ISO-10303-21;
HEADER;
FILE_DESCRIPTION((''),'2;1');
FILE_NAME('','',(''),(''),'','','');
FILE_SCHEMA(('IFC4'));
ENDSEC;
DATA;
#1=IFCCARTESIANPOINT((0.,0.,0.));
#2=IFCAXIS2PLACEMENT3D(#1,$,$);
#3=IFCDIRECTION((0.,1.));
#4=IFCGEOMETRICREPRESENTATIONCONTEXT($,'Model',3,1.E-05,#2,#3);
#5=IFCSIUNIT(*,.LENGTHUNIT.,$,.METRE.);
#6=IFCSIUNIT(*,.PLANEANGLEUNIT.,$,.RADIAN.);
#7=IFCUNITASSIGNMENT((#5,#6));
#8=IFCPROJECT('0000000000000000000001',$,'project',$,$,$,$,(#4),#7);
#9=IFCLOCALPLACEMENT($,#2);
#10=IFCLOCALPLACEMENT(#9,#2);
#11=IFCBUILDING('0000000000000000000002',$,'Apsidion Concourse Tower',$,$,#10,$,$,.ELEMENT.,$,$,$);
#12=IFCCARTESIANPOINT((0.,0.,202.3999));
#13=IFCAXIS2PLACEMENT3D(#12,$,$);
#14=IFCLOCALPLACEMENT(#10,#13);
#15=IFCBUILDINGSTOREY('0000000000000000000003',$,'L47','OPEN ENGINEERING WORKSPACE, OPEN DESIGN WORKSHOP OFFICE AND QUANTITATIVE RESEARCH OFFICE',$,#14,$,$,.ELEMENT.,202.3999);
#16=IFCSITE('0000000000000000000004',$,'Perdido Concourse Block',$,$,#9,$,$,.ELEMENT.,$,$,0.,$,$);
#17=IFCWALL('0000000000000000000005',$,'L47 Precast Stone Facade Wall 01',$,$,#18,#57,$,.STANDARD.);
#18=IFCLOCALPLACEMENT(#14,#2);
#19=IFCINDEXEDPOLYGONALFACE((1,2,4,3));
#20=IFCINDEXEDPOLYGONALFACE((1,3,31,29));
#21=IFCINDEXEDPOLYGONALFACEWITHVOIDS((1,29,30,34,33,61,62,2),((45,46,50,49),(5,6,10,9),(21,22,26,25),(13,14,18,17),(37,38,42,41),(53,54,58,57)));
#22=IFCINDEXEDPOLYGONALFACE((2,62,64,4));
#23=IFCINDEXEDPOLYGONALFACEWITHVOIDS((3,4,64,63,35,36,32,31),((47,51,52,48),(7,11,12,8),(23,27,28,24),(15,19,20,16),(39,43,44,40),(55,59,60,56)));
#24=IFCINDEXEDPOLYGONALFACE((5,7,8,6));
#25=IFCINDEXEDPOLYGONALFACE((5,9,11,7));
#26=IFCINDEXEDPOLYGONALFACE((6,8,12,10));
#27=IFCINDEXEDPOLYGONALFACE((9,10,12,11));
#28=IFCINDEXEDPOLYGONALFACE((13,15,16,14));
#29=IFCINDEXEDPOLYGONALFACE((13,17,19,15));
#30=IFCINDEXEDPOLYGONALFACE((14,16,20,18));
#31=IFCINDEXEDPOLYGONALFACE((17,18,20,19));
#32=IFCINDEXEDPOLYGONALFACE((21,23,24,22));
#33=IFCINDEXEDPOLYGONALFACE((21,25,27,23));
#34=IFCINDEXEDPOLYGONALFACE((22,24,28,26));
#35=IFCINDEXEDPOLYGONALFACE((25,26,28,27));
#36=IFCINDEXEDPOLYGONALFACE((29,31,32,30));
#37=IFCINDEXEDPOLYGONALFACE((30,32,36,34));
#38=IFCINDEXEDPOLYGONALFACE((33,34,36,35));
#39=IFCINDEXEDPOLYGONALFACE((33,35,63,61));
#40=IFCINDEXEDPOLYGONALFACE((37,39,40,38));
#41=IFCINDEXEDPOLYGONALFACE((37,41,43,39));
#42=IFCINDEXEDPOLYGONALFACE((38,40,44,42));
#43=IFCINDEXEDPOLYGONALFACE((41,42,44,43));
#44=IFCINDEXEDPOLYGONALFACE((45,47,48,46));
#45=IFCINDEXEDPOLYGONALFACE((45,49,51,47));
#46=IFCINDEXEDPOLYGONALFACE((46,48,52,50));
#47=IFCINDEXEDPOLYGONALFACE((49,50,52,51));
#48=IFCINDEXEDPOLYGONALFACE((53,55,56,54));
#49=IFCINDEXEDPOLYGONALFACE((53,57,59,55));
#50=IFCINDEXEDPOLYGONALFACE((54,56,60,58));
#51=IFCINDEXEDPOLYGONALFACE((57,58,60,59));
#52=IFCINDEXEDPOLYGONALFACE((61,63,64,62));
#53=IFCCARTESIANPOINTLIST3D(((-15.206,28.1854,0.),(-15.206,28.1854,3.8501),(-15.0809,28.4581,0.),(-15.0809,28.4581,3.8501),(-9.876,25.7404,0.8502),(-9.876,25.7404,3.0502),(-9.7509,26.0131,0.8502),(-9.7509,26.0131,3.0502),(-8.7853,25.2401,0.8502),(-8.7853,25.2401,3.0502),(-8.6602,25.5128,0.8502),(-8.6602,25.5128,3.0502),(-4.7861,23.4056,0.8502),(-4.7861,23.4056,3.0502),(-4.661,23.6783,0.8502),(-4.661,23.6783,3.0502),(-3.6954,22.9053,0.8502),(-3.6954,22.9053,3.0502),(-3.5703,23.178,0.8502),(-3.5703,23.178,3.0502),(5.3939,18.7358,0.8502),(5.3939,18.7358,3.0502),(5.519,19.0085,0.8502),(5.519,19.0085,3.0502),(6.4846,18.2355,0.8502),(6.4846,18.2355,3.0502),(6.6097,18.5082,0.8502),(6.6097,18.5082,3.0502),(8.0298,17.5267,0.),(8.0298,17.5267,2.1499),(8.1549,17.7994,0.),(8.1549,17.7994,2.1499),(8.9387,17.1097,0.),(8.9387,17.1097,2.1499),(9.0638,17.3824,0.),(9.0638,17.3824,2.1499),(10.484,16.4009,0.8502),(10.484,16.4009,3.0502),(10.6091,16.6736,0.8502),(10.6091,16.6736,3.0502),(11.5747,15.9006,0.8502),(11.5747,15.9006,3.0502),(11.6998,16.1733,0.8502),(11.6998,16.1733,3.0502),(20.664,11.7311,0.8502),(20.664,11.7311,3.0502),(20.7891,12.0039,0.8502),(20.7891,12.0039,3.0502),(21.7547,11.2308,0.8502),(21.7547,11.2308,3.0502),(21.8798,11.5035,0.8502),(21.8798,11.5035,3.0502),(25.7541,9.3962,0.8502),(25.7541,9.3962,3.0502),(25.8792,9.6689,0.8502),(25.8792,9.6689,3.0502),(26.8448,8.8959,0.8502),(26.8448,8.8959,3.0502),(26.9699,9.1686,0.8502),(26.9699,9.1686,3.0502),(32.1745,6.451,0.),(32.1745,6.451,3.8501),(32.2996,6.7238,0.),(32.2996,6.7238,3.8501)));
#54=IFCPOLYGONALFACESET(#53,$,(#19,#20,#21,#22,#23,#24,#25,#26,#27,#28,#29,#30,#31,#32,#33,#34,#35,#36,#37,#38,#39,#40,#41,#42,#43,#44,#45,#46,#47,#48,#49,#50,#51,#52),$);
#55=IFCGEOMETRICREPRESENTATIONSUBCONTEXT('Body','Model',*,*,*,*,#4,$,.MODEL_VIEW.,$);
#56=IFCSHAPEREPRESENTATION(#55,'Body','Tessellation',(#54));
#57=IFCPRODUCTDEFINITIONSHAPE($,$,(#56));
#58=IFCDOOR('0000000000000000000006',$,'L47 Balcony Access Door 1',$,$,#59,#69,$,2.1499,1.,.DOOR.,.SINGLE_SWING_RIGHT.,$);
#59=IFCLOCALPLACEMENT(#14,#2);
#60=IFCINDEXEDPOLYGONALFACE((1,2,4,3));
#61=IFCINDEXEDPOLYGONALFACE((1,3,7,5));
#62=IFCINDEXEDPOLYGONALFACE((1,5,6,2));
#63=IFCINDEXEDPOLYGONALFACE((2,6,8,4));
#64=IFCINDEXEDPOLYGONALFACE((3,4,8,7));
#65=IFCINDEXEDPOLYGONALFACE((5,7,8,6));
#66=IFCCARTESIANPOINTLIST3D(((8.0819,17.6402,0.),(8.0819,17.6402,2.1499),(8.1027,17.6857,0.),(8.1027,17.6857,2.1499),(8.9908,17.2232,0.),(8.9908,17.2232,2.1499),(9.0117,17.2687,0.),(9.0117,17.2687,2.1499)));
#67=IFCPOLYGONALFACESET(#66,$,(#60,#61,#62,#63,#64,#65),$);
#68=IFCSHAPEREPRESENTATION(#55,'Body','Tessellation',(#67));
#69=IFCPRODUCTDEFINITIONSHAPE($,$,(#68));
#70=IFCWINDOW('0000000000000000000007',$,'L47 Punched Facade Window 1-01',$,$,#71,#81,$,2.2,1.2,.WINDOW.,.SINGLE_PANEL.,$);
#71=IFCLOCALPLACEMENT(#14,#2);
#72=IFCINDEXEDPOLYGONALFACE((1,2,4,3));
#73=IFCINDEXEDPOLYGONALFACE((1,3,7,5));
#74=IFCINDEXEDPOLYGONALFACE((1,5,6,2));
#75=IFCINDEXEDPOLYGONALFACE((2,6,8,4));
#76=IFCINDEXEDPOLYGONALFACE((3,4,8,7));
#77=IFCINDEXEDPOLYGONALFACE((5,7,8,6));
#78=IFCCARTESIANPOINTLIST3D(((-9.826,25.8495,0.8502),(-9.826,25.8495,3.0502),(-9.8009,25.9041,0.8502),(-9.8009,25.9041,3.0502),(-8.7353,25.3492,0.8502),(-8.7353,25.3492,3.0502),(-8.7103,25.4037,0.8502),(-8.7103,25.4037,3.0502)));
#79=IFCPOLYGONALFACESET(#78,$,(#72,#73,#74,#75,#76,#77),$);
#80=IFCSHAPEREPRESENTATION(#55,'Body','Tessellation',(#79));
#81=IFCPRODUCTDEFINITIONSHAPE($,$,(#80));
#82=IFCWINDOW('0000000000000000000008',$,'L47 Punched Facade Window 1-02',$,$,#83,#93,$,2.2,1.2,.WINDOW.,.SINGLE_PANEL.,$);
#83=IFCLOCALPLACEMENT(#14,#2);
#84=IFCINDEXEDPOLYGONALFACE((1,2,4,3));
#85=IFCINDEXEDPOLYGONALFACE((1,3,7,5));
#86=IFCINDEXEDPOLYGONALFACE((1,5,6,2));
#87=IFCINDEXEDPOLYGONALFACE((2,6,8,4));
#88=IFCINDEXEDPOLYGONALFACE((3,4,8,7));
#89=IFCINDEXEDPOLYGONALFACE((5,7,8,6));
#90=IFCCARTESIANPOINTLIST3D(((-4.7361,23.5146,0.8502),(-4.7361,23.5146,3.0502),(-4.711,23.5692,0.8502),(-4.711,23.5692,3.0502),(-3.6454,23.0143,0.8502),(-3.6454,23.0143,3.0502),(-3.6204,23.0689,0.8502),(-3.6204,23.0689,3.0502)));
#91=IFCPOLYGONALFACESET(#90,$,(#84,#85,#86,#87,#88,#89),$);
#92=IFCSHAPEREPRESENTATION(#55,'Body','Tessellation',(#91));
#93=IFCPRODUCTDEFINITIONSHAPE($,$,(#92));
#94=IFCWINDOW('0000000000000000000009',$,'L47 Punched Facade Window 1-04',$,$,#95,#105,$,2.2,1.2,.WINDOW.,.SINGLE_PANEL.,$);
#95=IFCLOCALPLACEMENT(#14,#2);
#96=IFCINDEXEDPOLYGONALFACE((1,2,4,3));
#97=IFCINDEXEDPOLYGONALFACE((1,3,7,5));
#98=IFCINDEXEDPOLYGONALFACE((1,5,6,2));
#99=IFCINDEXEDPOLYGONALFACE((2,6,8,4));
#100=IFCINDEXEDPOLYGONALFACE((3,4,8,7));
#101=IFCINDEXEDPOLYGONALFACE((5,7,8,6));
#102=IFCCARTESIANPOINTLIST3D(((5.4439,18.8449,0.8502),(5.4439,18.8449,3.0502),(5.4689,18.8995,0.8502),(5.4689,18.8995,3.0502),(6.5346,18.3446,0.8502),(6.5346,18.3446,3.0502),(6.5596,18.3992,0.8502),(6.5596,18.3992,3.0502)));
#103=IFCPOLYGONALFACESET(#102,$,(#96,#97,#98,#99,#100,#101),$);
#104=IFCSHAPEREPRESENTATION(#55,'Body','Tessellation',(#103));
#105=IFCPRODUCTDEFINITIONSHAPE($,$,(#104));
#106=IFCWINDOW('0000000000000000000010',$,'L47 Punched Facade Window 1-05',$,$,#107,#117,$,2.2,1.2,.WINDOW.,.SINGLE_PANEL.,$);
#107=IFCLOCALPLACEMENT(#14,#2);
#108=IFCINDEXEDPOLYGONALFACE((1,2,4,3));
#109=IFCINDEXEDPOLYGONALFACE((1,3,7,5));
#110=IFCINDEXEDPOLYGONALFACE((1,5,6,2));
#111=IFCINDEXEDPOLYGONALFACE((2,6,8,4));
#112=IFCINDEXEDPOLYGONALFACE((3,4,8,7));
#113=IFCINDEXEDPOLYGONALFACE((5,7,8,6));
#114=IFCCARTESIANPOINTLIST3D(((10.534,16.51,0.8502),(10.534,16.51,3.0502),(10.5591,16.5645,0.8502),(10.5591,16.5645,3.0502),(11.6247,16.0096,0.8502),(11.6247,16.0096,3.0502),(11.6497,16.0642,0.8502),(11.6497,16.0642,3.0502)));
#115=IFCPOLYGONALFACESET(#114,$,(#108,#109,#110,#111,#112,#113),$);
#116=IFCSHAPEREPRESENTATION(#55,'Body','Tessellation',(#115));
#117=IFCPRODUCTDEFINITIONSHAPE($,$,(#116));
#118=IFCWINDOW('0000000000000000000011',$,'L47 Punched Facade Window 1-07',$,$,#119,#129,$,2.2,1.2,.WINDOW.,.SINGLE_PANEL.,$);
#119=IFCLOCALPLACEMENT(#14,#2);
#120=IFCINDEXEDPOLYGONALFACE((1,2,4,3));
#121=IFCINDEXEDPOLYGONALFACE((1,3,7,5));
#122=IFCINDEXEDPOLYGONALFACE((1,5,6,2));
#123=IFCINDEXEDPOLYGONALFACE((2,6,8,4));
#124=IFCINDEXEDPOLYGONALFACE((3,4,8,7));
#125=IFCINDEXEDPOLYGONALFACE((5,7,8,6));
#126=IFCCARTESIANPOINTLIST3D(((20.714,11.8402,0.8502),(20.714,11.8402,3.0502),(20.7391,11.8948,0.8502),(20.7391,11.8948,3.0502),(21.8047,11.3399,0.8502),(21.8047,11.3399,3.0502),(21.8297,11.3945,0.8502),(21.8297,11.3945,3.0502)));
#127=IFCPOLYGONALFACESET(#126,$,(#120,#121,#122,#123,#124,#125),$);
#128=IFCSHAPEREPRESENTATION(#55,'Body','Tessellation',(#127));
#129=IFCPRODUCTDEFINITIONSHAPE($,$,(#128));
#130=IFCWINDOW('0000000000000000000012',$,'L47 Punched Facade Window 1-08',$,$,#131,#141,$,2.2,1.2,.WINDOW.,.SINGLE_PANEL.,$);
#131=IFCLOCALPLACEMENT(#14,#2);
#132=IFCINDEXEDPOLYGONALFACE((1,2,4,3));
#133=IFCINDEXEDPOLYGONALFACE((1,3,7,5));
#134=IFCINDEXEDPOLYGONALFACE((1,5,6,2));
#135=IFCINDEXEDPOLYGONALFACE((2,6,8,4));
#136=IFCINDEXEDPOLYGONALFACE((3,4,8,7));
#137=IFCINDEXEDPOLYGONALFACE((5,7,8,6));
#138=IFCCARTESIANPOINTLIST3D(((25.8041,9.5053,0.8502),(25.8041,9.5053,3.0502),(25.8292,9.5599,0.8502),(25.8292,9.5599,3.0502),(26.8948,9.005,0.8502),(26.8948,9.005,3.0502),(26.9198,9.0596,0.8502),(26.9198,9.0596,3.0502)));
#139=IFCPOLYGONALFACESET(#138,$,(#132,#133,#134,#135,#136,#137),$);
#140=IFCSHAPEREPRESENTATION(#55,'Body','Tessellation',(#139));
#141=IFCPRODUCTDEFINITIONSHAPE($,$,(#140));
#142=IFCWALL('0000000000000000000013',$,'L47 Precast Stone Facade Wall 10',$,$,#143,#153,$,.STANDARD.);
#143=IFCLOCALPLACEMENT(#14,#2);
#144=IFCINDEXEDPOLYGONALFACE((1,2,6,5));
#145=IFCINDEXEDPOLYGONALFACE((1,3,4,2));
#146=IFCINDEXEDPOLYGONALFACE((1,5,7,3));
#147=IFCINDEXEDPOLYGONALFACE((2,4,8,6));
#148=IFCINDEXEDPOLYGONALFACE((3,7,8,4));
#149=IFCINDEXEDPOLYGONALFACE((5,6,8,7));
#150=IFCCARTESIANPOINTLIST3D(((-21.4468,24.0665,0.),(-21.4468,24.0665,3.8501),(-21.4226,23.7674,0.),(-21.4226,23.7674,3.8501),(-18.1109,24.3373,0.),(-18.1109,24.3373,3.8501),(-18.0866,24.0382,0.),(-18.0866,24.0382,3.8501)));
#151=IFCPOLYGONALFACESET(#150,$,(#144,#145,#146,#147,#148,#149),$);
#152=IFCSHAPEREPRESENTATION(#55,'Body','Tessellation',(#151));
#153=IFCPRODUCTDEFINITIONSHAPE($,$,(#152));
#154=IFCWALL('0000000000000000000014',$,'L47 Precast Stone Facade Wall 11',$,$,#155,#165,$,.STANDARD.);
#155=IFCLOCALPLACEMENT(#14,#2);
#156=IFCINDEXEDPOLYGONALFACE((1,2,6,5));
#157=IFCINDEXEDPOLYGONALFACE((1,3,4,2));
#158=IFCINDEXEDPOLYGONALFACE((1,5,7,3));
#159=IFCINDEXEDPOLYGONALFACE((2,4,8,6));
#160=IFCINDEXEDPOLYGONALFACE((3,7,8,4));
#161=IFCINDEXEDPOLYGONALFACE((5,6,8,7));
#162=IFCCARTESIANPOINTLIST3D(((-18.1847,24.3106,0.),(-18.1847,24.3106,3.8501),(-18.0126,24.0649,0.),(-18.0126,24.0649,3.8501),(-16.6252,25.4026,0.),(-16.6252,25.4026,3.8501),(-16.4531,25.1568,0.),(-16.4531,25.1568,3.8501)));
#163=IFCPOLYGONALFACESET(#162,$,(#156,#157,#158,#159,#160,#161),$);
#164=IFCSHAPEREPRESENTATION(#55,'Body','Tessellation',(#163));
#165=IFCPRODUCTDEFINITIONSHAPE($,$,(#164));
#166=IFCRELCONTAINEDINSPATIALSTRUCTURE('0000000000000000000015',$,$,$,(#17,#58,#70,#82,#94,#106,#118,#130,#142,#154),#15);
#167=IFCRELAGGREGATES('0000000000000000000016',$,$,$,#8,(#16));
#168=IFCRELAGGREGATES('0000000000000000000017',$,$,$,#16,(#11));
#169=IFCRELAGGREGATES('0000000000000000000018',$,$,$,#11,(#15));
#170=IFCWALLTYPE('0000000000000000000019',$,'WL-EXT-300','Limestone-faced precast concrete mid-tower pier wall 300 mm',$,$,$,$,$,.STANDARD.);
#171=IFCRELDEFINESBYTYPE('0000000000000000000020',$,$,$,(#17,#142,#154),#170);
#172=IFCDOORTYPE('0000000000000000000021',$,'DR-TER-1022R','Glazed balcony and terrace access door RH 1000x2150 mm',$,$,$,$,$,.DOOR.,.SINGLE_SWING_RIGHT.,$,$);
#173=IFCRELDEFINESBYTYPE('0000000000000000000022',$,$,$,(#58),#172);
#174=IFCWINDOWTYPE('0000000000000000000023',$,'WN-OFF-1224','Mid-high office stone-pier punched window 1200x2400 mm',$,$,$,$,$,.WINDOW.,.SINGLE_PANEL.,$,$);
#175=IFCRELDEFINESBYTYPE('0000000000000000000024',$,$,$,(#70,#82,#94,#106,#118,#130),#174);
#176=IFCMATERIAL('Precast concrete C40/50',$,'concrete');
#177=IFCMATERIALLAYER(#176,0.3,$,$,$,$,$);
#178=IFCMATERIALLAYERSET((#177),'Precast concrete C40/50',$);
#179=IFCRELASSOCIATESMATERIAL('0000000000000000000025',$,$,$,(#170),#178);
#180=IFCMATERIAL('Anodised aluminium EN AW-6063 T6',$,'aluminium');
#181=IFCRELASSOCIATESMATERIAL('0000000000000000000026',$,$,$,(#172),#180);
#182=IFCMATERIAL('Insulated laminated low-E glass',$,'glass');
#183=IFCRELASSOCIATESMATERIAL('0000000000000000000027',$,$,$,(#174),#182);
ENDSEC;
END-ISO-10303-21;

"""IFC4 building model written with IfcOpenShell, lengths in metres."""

from ifc_helpers import new_model, si_unit, direction, frame, frame_2d, origin, place, context, subcontext, project, spatial, rectangle, extrude, material, layer, layer_set, type_object, element, fill, save


model = new_model("IFC4")

# Units and contexts
model_context = context("Model", 3, precision=1e-05, world=origin(), true_north=direction((0.0, 1.0)))
body_context = subcontext(model_context, "Body", "Model", "MODEL_VIEW")
ifc_project = project(units=[si_unit("LENGTHUNIT", "METRE"), si_unit("PLANEANGLEUNIT", "RADIAN")], contexts=[model_context])

# Site, building, storey
site_placement = place(None, origin())
site = spatial("IfcSite", under=ifc_project, at=site_placement, Name="Perdido Concourse Block", CompositionType="ELEMENT", RefElevation=0.0)
building_placement = place(site_placement, origin())
building = spatial("IfcBuilding", under=site, at=building_placement, Name="Apsidion Concourse Tower", CompositionType="ELEMENT")
storey_placement = place(building_placement, frame((0.0, 0.0, 202.3999)))
storey = spatial("IfcBuildingStorey", under=building, at=storey_placement, Name="L47", Description="OPEN ENGINEERING WORKSPACE, OPEN DESIGN WORKSHOP OFFICE AND QUANTITATIVE RESEARCH OFFICE", CompositionType="ELEMENT", Elevation=202.3999)

# Wall, openings, door, windows
ifc_material_1 = material(Name="Precast concrete C40/50", Category="concrete")
ifc_layer = layer(ifc_material_1, 0.3)
ifc_layer_set = layer_set([ifc_layer], Name="Precast concrete C40/50")
wall_type = type_object("IfcWallType", Name="WL-EXT-300", Description="Limestone-faced precast concrete mid-tower pier wall 300 mm", PredefinedType="STANDARD", material=ifc_layer_set)
wall_1_placement = place(storey_placement, frame((-15.1436, 28.3218, 0.0), z_axis=(0.0, 0.0, 1.0), x_axis=(0.908932, -0.416944, 0.0)))
wall_1 = element("IfcWall", 1, at=wall_1_placement, inside=storey, type_object=wall_type, Name="L47 Precast Stone Facade Wall 01", PredefinedType="STANDARD", context=body_context, shape_type="SweptSolid", body=[
    extrude(rectangle(XDim=52.1277, YDim=0.3, at=frame_2d((26.064, 0.0))), origin(), (0.0, 0.0, 1.0), 3.8501),
])
opening_1_placement = place(wall_1_placement, frame((25.564, 0.0, 0.0)))
opening_1 = element("IfcOpeningElement", 2, at=opening_1_placement, cuts=wall_1, PredefinedType="OPENING", context=body_context, shape_type="SweptSolid", body=[
    extrude(rectangle(XDim=1.0, YDim=2.1499, at=frame_2d((0.5, 1.075))), frame((0.0, 0.1602, 0.0), z_axis=(0.0, -1.0, 0.0), x_axis=(1.0, 0.0, 0.0)), (0.0, 0.0, 1.0), 0.3201),
])
opening_2_placement = place(wall_1_placement, frame((5.864, 0.0, 0.8501)))
opening_2 = element("IfcOpeningElement", 3, at=opening_2_placement, cuts=wall_1, PredefinedType="OPENING", context=body_context, shape_type="SweptSolid", body=[
    extrude(rectangle(XDim=1.2, YDim=2.2, at=frame_2d((0.6001, 1.1001))), frame((0.0, 0.1602, 0.0), z_axis=(0.0, -1.0, 0.0), x_axis=(1.0, 0.0, 0.0)), (0.0, 0.0, 1.0), 0.3201),
])
opening_3_placement = place(wall_1_placement, frame((11.4639, 0.0, 0.8501)))
opening_3 = element("IfcOpeningElement", 4, at=opening_3_placement, cuts=wall_1, PredefinedType="OPENING", context=body_context, shape_type="SweptSolid", body=[
    extrude(rectangle(XDim=1.2, YDim=2.2, at=frame_2d((0.6001, 1.1001))), frame((0.0, 0.1602, 0.0), z_axis=(0.0, -1.0, 0.0), x_axis=(1.0, 0.0, 0.0)), (0.0, 0.0, 1.0), 0.3201),
])
opening_4_placement = place(wall_1_placement, frame((22.6638, 0.0, 0.8501)))
opening_4 = element("IfcOpeningElement", 5, at=opening_4_placement, cuts=wall_1, PredefinedType="OPENING", context=body_context, shape_type="SweptSolid", body=[
    extrude(rectangle(XDim=1.2, YDim=2.2, at=frame_2d((0.6001, 1.1001))), frame((0.0, 0.1602, 0.0), z_axis=(0.0, -1.0, 0.0), x_axis=(1.0, 0.0, 0.0)), (0.0, 0.0, 1.0), 0.3201),
])
opening_5_placement = place(wall_1_placement, frame((28.2639, 0.0, 0.8501)))
opening_5 = element("IfcOpeningElement", 6, at=opening_5_placement, cuts=wall_1, PredefinedType="OPENING", context=body_context, shape_type="SweptSolid", body=[
    extrude(rectangle(XDim=1.2, YDim=2.2, at=frame_2d((0.6001, 1.1001))), frame((0.0, 0.1602, 0.0), z_axis=(0.0, -1.0, 0.0), x_axis=(1.0, 0.0, 0.0)), (0.0, 0.0, 1.0), 0.3201),
])
opening_6_placement = place(wall_1_placement, frame((39.4639, 0.0, 0.8501)))
opening_6 = element("IfcOpeningElement", 7, at=opening_6_placement, cuts=wall_1, PredefinedType="OPENING", context=body_context, shape_type="SweptSolid", body=[
    extrude(rectangle(XDim=1.2, YDim=2.2, at=frame_2d((0.6001, 1.1001))), frame((0.0, 0.1602, 0.0), z_axis=(0.0, -1.0, 0.0), x_axis=(1.0, 0.0, 0.0)), (0.0, 0.0, 1.0), 0.3201),
])
opening_7_placement = place(wall_1_placement, frame((45.064, 0.0, 0.8501)))
opening_7 = element("IfcOpeningElement", 8, at=opening_7_placement, cuts=wall_1, PredefinedType="OPENING", context=body_context, shape_type="SweptSolid", body=[
    extrude(rectangle(XDim=1.2, YDim=2.2, at=frame_2d((0.6001, 1.1001))), frame((0.0, 0.1602, 0.0), z_axis=(0.0, -1.0, 0.0), x_axis=(1.0, 0.0, 0.0)), (0.0, 0.0, 1.0), 0.3201),
])
ifc_material_2 = material(Name="Anodised aluminium EN AW-6063 T6", Category="aluminium")
door_type = type_object("IfcDoorType", Name="DR-TER-1022R", Description="Glazed balcony and terrace access door RH 1000x2150 mm", OperationType="SINGLE_SWING_RIGHT", PredefinedType="DOOR", material=ifc_material_2)
door_placement = place(opening_1_placement, origin())
door = element("IfcDoor", 9, at=door_placement, inside=storey, type_object=door_type, Name="L47 Balcony Access Door 1", OperationType="SINGLE_SWING_RIGHT", OverallHeight=2.1499, OverallWidth=1.0, PredefinedType="DOOR", context=body_context, shape_type="SweptSolid", body=[
    extrude(rectangle(XDim=1.0, YDim=2.1499, at=frame_2d((0.5, 1.075))), frame((0.0, 0.0249, 0.0), z_axis=(0.0, -1.0, 0.0), x_axis=(1.0, 0.0, 0.0)), (0.0, 0.0, 1.0), 0.05),
])
fill(opening_1, door)
ifc_material_3 = material(Name="Insulated laminated low-E glass", Category="glass")
window_type = type_object("IfcWindowType", Name="WN-OFF-1224", Description="Mid-high office stone-pier punched window 1200x2400 mm", PartitioningType="SINGLE_PANEL", PredefinedType="WINDOW", material=ifc_material_3)
window_1_placement = place(opening_2_placement, origin())
window_1 = element("IfcWindow", 10, at=window_1_placement, inside=storey, type_object=window_type, Name="L47 Punched Facade Window 1-01", OverallHeight=2.2, OverallWidth=1.2, PartitioningType="SINGLE_PANEL", PredefinedType="WINDOW", context=body_context, shape_type="SweptSolid", body=[
    extrude(rectangle(XDim=1.2, YDim=2.2, at=frame_2d((0.6001, 1.1001))), frame((0.0, 0.03, 0.0), z_axis=(0.0, -1.0, 0.0), x_axis=(1.0, 0.0, 0.0)), (0.0, 0.0, 1.0), 0.0601),
])
fill(opening_2, window_1)
window_2_placement = place(opening_3_placement, origin())
window_2 = element("IfcWindow", 11, at=window_2_placement, inside=storey, type_object=window_type, Name="L47 Punched Facade Window 1-02", OverallHeight=2.2, OverallWidth=1.2, PartitioningType="SINGLE_PANEL", PredefinedType="WINDOW", context=body_context, shape_type="SweptSolid", body=[
    extrude(rectangle(XDim=1.2, YDim=2.2, at=frame_2d((0.6001, 1.1001))), frame((0.0, 0.03, 0.0), z_axis=(0.0, -1.0, 0.0), x_axis=(1.0, 0.0, 0.0)), (0.0, 0.0, 1.0), 0.0601),
])
fill(opening_3, window_2)
window_3_placement = place(opening_4_placement, origin())
window_3 = element("IfcWindow", 12, at=window_3_placement, inside=storey, type_object=window_type, Name="L47 Punched Facade Window 1-04", OverallHeight=2.2, OverallWidth=1.2, PartitioningType="SINGLE_PANEL", PredefinedType="WINDOW", context=body_context, shape_type="SweptSolid", body=[
    extrude(rectangle(XDim=1.2, YDim=2.2, at=frame_2d((0.6001, 1.1001))), frame((0.0, 0.03, 0.0), z_axis=(0.0, -1.0, 0.0), x_axis=(1.0, 0.0, 0.0)), (0.0, 0.0, 1.0), 0.0601),
])
fill(opening_4, window_3)
window_4_placement = place(opening_5_placement, origin())
window_4 = element("IfcWindow", 13, at=window_4_placement, inside=storey, type_object=window_type, Name="L47 Punched Facade Window 1-05", OverallHeight=2.2, OverallWidth=1.2, PartitioningType="SINGLE_PANEL", PredefinedType="WINDOW", context=body_context, shape_type="SweptSolid", body=[
    extrude(rectangle(XDim=1.2, YDim=2.2, at=frame_2d((0.6001, 1.1001))), frame((0.0, 0.03, 0.0), z_axis=(0.0, -1.0, 0.0), x_axis=(1.0, 0.0, 0.0)), (0.0, 0.0, 1.0), 0.0601),
])
fill(opening_5, window_4)
window_5_placement = place(opening_6_placement, origin())
window_5 = element("IfcWindow", 14, at=window_5_placement, inside=storey, type_object=window_type, Name="L47 Punched Facade Window 1-07", OverallHeight=2.2, OverallWidth=1.2, PartitioningType="SINGLE_PANEL", PredefinedType="WINDOW", context=body_context, shape_type="SweptSolid", body=[
    extrude(rectangle(XDim=1.2, YDim=2.2, at=frame_2d((0.6001, 1.1001))), frame((0.0, 0.03, 0.0), z_axis=(0.0, -1.0, 0.0), x_axis=(1.0, 0.0, 0.0)), (0.0, 0.0, 1.0), 0.0601),
])
fill(opening_6, window_5)
window_6_placement = place(opening_7_placement, origin())
window_6 = element("IfcWindow", 15, at=window_6_placement, inside=storey, type_object=window_type, Name="L47 Punched Facade Window 1-08", OverallHeight=2.2, OverallWidth=1.2, PartitioningType="SINGLE_PANEL", PredefinedType="WINDOW", context=body_context, shape_type="SweptSolid", body=[
    extrude(rectangle(XDim=1.2, YDim=2.2, at=frame_2d((0.6001, 1.1001))), frame((0.0, 0.03, 0.0), z_axis=(0.0, -1.0, 0.0), x_axis=(1.0, 0.0, 0.0)), (0.0, 0.0, 1.0), 0.0601),
])
fill(opening_7, window_6)

# Walls
wall_2_placement = place(storey_placement, frame((-21.4346, 23.917, 0.0), z_axis=(0.0, 0.0, 1.0), x_axis=(0.996723, 0.080896, 0.0)))
element("IfcWall", 16, at=wall_2_placement, inside=storey, type_object=wall_type, Name="L47 Precast Stone Facade Wall 10", PredefinedType="STANDARD", context=body_context, shape_type="SweptSolid", body=[
    extrude(rectangle(XDim=3.3469, YDim=0.3, at=frame_2d((1.6733, 0.0))), origin(), (0.0, 0.0, 1.0), 3.8501),
])
wall_3_placement = place(storey_placement, frame((-18.0986, 24.1877, 0.0), z_axis=(0.0, 0.0, 1.0), x_axis=(0.819148, 0.573583, 0.0)))
element("IfcWall", 17, at=wall_3_placement, inside=storey, type_object=wall_type, Name="L47 Precast Stone Facade Wall 11", PredefinedType="STANDARD", context=body_context, shape_type="SweptSolid", body=[
    extrude(rectangle(XDim=1.9038, YDim=0.3, at=frame_2d((0.9519, 0.0))), origin(), (0.0, 0.0, 1.0), 3.8501),
])

save(model, "model.ifc")
